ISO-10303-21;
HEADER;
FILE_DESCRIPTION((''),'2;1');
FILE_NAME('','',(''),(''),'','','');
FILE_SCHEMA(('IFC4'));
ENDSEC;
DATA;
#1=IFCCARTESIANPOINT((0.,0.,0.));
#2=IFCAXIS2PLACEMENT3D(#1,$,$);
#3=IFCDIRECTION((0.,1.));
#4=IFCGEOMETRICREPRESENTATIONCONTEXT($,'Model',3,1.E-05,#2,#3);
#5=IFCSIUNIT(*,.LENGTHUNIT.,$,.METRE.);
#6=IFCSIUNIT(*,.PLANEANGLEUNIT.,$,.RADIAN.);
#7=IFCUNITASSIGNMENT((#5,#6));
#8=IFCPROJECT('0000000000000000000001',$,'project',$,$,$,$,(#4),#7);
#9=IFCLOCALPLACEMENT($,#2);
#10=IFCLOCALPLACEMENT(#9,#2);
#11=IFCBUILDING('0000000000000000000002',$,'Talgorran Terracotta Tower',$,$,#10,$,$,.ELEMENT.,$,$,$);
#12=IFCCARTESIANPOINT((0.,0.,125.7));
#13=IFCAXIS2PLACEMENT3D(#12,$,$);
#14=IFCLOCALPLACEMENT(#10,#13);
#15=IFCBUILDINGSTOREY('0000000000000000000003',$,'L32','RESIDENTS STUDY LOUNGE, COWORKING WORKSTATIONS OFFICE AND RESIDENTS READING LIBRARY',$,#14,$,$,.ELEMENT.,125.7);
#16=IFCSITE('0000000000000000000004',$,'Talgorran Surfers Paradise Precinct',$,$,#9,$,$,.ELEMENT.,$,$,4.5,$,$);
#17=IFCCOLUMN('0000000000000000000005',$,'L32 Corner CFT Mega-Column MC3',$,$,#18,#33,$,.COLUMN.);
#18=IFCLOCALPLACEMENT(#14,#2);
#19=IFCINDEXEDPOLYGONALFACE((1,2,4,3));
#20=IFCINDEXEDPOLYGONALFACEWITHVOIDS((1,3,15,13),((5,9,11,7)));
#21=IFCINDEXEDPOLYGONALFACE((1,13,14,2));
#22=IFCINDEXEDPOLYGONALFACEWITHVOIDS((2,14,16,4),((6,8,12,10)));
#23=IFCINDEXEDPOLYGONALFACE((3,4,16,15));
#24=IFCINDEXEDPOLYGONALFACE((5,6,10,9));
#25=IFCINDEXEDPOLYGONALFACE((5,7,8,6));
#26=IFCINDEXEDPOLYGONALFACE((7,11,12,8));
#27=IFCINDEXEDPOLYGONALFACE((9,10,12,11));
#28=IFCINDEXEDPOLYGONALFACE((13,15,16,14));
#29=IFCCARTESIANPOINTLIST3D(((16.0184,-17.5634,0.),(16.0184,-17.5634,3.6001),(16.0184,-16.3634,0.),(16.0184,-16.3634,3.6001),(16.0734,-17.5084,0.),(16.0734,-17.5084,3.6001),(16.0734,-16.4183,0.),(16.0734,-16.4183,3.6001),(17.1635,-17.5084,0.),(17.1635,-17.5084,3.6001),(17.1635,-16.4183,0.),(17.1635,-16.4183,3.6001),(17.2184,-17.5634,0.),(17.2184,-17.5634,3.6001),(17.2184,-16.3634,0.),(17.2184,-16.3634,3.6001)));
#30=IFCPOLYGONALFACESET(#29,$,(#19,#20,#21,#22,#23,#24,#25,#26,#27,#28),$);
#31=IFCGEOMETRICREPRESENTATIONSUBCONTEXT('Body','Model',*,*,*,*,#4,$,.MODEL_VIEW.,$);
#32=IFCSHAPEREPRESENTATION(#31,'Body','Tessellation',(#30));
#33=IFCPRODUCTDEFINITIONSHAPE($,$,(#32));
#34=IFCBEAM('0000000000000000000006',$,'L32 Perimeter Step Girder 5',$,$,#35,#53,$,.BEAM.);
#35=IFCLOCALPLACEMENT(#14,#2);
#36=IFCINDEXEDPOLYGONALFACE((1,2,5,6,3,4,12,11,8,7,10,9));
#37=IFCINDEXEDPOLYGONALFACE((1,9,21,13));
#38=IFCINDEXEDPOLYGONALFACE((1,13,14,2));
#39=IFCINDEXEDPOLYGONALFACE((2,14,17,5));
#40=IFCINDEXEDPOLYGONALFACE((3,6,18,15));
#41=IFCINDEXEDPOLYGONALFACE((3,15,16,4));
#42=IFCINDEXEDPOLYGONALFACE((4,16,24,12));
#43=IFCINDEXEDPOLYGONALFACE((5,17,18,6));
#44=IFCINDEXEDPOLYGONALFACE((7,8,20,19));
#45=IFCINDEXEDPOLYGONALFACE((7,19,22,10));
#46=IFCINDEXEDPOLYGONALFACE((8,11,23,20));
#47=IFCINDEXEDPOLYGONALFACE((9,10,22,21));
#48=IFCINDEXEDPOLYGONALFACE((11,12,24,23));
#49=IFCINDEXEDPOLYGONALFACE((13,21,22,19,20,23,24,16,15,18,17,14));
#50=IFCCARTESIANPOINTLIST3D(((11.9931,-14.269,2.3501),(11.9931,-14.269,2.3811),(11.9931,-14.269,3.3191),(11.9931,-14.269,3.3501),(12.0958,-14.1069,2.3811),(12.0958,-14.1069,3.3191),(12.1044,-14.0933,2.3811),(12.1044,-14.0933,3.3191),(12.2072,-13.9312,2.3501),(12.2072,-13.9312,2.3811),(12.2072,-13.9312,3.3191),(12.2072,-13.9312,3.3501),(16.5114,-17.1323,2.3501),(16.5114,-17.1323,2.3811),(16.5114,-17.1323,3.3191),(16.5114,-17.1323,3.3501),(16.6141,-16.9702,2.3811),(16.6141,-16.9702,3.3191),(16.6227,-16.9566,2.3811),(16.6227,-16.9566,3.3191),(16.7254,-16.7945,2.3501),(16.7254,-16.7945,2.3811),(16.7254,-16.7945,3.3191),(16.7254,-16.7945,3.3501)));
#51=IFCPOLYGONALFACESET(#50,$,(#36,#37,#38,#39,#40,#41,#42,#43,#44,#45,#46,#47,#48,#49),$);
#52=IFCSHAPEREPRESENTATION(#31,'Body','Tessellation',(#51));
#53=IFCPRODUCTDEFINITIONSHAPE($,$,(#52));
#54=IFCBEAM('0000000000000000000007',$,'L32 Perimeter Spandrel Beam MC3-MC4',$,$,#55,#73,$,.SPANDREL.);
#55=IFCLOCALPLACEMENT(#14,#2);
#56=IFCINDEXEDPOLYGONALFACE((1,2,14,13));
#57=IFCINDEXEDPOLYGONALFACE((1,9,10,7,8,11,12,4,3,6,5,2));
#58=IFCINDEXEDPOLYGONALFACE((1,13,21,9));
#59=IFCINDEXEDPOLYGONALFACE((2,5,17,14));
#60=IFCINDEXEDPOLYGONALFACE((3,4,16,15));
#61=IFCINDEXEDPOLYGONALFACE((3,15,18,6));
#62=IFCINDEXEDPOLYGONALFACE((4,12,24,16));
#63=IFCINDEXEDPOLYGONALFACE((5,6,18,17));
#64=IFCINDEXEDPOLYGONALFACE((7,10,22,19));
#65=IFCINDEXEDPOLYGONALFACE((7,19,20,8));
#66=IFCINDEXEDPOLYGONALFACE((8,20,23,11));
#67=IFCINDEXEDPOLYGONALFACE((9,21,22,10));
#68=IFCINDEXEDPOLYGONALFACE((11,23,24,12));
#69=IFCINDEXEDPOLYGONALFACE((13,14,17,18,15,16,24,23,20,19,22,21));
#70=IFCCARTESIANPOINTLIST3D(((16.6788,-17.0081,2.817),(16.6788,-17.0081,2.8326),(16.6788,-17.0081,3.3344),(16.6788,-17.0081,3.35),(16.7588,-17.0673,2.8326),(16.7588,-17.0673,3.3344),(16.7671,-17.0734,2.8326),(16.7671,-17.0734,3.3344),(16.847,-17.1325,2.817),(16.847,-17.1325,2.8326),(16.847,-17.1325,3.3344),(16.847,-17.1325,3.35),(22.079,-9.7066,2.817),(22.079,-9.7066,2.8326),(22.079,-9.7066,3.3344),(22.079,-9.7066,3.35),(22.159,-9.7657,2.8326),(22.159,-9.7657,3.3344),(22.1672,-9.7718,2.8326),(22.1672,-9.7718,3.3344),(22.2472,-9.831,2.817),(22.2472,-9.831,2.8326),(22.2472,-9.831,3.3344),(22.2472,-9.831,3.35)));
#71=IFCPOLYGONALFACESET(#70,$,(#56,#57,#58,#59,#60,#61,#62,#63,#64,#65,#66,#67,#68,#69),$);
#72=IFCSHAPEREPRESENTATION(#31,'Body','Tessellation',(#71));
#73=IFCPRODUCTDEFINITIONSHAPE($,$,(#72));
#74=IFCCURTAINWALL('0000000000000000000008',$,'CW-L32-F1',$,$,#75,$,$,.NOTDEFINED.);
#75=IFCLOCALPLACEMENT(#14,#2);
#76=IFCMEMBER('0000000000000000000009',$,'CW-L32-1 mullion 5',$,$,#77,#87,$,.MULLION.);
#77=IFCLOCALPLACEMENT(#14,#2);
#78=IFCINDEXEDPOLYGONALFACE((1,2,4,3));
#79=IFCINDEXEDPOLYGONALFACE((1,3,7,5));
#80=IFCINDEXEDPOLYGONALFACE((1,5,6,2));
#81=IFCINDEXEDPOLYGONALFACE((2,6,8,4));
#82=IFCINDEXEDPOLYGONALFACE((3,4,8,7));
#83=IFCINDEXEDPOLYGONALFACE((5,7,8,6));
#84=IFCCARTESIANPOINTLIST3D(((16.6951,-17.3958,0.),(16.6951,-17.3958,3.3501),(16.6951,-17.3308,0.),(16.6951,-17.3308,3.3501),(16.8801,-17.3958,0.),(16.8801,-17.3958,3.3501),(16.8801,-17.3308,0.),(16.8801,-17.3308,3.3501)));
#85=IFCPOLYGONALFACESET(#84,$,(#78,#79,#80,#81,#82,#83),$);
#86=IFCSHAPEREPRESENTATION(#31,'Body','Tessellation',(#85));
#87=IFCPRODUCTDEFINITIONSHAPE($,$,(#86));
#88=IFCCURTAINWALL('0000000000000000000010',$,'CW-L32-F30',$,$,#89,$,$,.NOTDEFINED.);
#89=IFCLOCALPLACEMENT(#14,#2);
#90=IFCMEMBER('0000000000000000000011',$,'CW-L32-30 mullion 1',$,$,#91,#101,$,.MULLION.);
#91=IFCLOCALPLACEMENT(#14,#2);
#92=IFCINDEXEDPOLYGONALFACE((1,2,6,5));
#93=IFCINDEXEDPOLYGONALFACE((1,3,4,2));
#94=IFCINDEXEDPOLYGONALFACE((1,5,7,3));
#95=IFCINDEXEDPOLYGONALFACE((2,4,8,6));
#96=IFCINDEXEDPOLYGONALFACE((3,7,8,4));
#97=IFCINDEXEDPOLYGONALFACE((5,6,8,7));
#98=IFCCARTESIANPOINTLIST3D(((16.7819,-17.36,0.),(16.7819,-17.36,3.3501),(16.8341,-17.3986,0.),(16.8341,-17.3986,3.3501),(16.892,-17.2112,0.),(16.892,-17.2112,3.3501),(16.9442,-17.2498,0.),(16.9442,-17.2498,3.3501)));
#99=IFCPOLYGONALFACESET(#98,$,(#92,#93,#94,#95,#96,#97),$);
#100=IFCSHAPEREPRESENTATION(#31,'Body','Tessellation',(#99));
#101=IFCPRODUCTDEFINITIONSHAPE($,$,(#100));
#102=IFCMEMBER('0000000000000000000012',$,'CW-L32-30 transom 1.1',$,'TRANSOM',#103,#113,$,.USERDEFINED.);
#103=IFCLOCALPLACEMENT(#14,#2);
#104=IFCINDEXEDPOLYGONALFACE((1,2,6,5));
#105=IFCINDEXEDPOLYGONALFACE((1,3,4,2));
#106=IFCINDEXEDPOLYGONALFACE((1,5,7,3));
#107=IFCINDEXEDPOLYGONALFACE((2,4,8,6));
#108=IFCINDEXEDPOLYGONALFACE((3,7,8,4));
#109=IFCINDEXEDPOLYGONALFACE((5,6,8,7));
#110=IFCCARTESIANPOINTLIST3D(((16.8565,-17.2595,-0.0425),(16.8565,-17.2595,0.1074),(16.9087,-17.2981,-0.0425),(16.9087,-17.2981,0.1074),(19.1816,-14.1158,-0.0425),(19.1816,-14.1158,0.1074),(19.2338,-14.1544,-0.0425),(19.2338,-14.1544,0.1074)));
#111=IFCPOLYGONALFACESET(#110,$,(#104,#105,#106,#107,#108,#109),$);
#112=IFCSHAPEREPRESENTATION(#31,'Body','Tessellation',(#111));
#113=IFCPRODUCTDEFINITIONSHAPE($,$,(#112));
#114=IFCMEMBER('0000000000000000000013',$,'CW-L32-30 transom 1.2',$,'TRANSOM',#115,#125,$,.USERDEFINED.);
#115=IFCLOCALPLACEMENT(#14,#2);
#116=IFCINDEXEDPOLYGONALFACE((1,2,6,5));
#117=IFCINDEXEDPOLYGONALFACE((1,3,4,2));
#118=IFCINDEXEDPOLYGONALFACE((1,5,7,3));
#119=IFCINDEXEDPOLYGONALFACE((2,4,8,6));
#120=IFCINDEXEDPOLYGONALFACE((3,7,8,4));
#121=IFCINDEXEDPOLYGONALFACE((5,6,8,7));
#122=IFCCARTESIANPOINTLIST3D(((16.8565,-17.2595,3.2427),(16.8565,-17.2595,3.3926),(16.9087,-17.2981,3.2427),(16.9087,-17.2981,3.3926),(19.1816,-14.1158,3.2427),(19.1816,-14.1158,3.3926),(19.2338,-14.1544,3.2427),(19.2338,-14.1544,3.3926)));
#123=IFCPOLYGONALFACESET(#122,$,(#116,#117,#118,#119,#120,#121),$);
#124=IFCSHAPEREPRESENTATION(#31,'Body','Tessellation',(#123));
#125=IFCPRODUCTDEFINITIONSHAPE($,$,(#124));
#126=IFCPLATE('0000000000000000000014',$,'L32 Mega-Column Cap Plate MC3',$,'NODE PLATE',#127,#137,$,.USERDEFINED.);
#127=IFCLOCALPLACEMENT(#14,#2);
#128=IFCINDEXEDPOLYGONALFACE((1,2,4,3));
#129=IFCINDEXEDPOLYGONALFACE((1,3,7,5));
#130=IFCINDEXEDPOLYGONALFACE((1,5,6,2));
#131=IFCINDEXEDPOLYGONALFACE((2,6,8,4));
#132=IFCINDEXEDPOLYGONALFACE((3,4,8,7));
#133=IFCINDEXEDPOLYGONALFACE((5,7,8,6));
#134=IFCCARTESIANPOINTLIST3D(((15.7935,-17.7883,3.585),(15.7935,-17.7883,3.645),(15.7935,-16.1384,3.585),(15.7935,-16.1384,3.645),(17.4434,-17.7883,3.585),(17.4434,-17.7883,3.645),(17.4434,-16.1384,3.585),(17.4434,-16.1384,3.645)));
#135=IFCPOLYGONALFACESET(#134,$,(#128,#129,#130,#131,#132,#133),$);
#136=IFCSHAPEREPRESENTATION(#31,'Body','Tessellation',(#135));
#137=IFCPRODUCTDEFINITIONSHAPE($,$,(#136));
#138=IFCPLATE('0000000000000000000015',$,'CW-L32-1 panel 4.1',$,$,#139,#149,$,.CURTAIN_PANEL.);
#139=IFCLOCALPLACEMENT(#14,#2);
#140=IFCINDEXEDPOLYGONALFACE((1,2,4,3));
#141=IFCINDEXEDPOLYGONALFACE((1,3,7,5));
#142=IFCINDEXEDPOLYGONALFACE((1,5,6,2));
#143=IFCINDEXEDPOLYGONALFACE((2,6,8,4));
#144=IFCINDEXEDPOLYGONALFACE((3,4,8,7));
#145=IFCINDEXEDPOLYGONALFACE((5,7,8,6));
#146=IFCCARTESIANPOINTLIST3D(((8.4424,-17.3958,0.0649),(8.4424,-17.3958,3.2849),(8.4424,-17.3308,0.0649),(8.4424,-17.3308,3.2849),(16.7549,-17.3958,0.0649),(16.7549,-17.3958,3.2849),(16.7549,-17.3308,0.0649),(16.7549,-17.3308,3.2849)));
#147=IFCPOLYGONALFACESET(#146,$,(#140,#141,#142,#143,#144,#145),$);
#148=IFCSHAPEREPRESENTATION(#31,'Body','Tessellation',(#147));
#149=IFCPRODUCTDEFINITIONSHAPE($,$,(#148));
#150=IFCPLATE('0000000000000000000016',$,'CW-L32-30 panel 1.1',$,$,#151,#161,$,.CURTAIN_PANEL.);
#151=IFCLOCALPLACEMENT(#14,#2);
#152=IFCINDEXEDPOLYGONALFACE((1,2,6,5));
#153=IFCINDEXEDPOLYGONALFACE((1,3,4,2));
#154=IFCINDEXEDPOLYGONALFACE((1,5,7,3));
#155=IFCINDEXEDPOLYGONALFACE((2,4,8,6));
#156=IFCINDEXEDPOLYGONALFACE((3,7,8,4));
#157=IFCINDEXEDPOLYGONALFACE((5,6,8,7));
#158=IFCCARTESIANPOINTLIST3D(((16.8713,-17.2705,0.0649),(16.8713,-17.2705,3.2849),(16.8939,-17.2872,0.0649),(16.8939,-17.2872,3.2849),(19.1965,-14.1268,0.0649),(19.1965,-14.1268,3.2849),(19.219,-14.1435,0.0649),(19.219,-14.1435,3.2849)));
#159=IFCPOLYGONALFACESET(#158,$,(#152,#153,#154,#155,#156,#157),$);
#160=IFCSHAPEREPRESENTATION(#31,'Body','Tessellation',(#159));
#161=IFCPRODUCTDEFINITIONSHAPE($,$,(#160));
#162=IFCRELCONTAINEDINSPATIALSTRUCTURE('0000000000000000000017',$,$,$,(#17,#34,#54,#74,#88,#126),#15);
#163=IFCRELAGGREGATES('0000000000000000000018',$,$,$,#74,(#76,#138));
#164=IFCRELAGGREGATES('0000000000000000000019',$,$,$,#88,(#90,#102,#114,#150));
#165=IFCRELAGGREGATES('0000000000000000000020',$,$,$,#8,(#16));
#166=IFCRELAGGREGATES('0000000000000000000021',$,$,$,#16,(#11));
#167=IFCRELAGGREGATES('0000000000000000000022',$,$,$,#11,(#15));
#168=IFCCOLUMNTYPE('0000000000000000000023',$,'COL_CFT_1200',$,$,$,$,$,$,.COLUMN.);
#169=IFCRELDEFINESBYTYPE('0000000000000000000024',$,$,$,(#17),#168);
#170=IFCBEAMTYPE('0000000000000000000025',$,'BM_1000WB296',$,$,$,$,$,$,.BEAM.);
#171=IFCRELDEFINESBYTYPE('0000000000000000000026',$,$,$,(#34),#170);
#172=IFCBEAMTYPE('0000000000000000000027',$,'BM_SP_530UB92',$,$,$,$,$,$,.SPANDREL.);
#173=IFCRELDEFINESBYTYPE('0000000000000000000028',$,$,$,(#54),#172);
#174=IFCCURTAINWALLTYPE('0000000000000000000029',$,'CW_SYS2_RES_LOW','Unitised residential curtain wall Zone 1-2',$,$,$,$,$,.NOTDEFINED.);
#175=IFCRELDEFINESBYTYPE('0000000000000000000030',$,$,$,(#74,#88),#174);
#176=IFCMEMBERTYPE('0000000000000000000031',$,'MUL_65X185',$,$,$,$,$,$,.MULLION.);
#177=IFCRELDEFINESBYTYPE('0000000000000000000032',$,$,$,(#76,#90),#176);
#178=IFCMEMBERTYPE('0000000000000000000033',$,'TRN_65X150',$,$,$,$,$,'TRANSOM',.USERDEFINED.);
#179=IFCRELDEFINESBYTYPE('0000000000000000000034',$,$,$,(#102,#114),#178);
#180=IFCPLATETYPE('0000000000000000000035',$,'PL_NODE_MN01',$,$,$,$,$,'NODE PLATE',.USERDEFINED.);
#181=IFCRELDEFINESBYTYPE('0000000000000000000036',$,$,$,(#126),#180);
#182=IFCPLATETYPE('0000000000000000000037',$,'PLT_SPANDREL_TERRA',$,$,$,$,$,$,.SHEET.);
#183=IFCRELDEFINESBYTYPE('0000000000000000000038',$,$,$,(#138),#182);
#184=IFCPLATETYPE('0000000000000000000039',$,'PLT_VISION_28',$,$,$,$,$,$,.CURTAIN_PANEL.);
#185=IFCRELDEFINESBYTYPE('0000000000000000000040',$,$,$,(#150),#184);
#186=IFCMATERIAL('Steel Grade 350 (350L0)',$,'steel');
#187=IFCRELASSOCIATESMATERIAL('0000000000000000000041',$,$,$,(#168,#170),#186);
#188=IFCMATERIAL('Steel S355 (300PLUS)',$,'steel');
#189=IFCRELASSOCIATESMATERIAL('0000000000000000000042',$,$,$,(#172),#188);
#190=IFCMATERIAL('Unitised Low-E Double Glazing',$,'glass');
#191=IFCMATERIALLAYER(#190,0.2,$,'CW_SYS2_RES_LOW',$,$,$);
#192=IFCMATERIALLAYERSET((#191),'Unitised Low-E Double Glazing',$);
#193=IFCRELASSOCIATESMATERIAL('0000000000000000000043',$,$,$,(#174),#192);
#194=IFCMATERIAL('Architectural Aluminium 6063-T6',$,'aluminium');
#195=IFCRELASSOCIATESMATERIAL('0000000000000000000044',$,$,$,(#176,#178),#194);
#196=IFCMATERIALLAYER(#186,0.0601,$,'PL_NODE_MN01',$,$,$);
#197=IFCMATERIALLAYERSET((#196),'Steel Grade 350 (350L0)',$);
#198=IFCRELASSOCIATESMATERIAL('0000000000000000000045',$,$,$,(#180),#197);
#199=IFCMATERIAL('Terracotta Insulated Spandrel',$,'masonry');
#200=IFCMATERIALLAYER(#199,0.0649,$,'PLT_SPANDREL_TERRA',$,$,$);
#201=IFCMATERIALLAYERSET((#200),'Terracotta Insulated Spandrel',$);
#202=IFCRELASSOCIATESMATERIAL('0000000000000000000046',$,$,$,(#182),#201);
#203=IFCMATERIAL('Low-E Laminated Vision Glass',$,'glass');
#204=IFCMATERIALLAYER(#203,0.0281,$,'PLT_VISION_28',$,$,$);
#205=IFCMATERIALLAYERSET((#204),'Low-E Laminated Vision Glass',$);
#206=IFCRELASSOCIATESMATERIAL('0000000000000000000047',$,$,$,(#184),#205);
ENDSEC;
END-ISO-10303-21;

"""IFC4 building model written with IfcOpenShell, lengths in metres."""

from ifc_helpers import new_model, si_unit, direction, frame, origin, origin_2d, place, context, subcontext, project, spatial, rectangle, hollow_rectangle, i_section, extrude, source, transform, mapped, material, layer, layer_set, material_profile, profile_set, type_object, type_shapes, element, aggregate, save


model = new_model("IFC4")

# Units and contexts
model_context = context("Model", 3, precision=1e-05, world=origin(), true_north=direction((0.0, 1.0)))
body_context = subcontext(model_context, "Body", "Model", "MODEL_VIEW")
ifc_project = project(units=[si_unit("LENGTHUNIT", "METRE"), si_unit("PLANEANGLEUNIT", "RADIAN")], contexts=[model_context])

# Site, building, storey
site_placement = place(None, origin())
site = spatial("IfcSite", under=ifc_project, at=site_placement, Name="Talgorran Surfers Paradise Precinct", CompositionType="ELEMENT", RefElevation=4.5)
building_placement = place(site_placement, origin())
building = spatial("IfcBuilding", under=site, at=building_placement, Name="Talgorran Terracotta Tower", CompositionType="ELEMENT")
storey_placement = place(building_placement, frame((0.0, 0.0, 125.7)))
storey = spatial("IfcBuildingStorey", under=building, at=storey_placement, Name="L32", Description="RESIDENTS STUDY LOUNGE, COWORKING WORKSTATIONS OFFICE AND RESIDENTS READING LIBRARY", CompositionType="ELEMENT", Elevation=125.7)

# Column
ifc_material_1 = material(Name="Steel Grade 350 (350L0)", Category="steel")
ifc_material_profile_1 = material_profile(ifc_material_1, hollow_rectangle(XDim=1.2, YDim=1.2, WallThickness=0.0549, at=origin_2d()), Name="CFT1200X1200X55")
ifc_profile_set_1 = profile_set([ifc_material_profile_1], Name="Steel Grade 350 (350L0)")
column_type = type_object("IfcColumnType", Name="COL_CFT_1200", PredefinedType="COLUMN", material=ifc_profile_set_1)
column_placement = place(storey_placement, frame((16.6184, -16.9634, 0.0), z_axis=(0.0, 0.0, 1.0), x_axis=(1.0, 0.0, 0.0)))
element("IfcColumn", 1, at=column_placement, inside=storey, type_object=column_type, Name="L32 Corner CFT Mega-Column MC3", PredefinedType="COLUMN", context=body_context, shape_type="SweptSolid", body=[
    extrude(hollow_rectangle(XDim=1.2, YDim=1.2, WallThickness=0.0549, at=origin_2d()), origin(), (0.0, 0.0, 1.0), 3.6001),
])

# Beams
ifc_material_profile_2 = material_profile(ifc_material_1, i_section(OverallWidth=0.3999, OverallDepth=1.0, WebThickness=0.0161, FlangeThickness=0.031, at=origin_2d()), Name="1000WB296")
ifc_profile_set_2 = profile_set([ifc_material_profile_2], Name="Steel Grade 350 (350L0)")
beam_type_1 = type_object("IfcBeamType", Name="BM_1000WB296", PredefinedType="BEAM", material=ifc_profile_set_2)
beam_1_placement = place(storey_placement, frame((16.6184, -16.9634, 2.8501), z_axis=(-0.844677, 0.535277, 0.0), x_axis=(-0.535277, -0.844677, 0.0)))
element("IfcBeam", 2, at=beam_1_placement, inside=storey, type_object=beam_type_1, Name="L32 Perimeter Step Girder 5", PredefinedType="BEAM", context=body_context, shape_type="SweptSolid", body=[
    extrude(i_section(OverallWidth=0.3999, OverallDepth=1.0, WebThickness=0.0161, FlangeThickness=0.031, at=origin_2d()), origin(), (0.0, 0.0, 1.0), 5.3491),
])
ifc_material_2 = material(Name="Steel S355 (300PLUS)", Category="steel")
ifc_material_profile_3 = material_profile(ifc_material_2, i_section(OverallWidth=0.2092, OverallDepth=0.533, WebThickness=0.0103, FlangeThickness=0.0156, at=origin_2d()), Name="530UB92.4")
ifc_profile_set_3 = profile_set([ifc_material_profile_3], Name="Steel S355 (300PLUS)")
beam_type_2 = type_object("IfcBeamType", Name="BM_SP_530UB92", PredefinedType="SPANDREL", material=ifc_profile_set_3)
beam_2_placement = place(storey_placement, frame((16.7629, -17.0703, 3.0835), z_axis=(0.594631, 0.803998, 0.0), x_axis=(-0.803998, 0.594631, 0.0)))
element("IfcBeam", 3, at=beam_2_placement, inside=storey, type_object=beam_type_2, Name="L32 Perimeter Spandrel Beam MC3-MC4", PredefinedType="SPANDREL", context=body_context, shape_type="SweptSolid", body=[
    extrude(i_section(OverallWidth=0.2092, OverallDepth=0.533, WebThickness=0.0103, FlangeThickness=0.0156, at=origin_2d()), origin(), (0.0, 0.0, 1.0), 9.0815),
])

# Curtain wall, member
ifc_material_3 = material(Name="Unitised Low-E Double Glazing", Category="glass")
ifc_layer_1 = layer(ifc_material_3, 0.2, Name="CW_SYS2_RES_LOW")
ifc_layer_set_1 = layer_set([ifc_layer_1], Name="Unitised Low-E Double Glazing")
curtain_wall_type = type_object("IfcCurtainWallType", Name="CW_SYS2_RES_LOW", Description="Unitised residential curtain wall Zone 1-2", PredefinedType="NOTDEFINED", material=ifc_layer_set_1)
curtain_wall_1_placement = place(storey_placement, origin())
curtain_wall_1 = element("IfcCurtainWall", 4, at=curtain_wall_1_placement, inside=storey, type_object=curtain_wall_type, Name="CW-L32-F1", PredefinedType="NOTDEFINED")
ifc_material_4 = material(Name="Architectural Aluminium 6063-T6", Category="aluminium")
ifc_material_profile_4 = material_profile(ifc_material_4, rectangle(XDim=0.0649, YDim=0.1851, at=origin_2d()), Name="CWM65X185")
ifc_profile_set_4 = profile_set([ifc_material_profile_4], Name="Architectural Aluminium 6063-T6")
member_type_1 = type_object("IfcMemberType", Name="MUL_65X185", PredefinedType="MULLION", material=ifc_profile_set_4)
member_1_placement = place(storey_placement, frame((16.7876, -17.3633, 0.0), z_axis=(0.0, 0.0, 1.0), x_axis=(0.0, 1.0, 0.0)))
member_1 = element("IfcMember", 5, at=member_1_placement, type_object=member_type_1, Name="CW-L32-1 mullion 5", PredefinedType="MULLION", context=body_context, shape_type="SweptSolid", body=[
    extrude(rectangle(XDim=0.0649, YDim=0.1851, at=origin_2d()), origin(), (0.0, 0.0, 1.0), 3.3501),
])

# Curtain wall, members
curtain_wall_2_placement = place(storey_placement, origin())
curtain_wall_2 = element("IfcCurtainWall", 6, at=curtain_wall_2_placement, inside=storey, type_object=curtain_wall_type, Name="CW-L32-F30", PredefinedType="NOTDEFINED")
member_2_placement = place(storey_placement, frame((16.863, -17.3049, 0.0), z_axis=(0.0, 0.0, 1.0), x_axis=(-0.803989, 0.594644, 0.0)))
member_2 = element("IfcMember", 7, at=member_2_placement, type_object=member_type_1, Name="CW-L32-30 mullion 1", PredefinedType="MULLION", context=body_context, shape_type="SweptSolid", body=[
    extrude(rectangle(XDim=0.0649, YDim=0.1851, at=origin_2d()), origin(), (0.0, 0.0, 1.0), 3.3501),
])
ifc_material_profile_5 = material_profile(ifc_material_4, rectangle(XDim=0.0649, YDim=0.1499, at=origin_2d()), Name="CWT65X150")
ifc_profile_set_5 = profile_set([ifc_material_profile_5], Name="Architectural Aluminium 6063-T6")
member_type_2 = type_object("IfcMemberType", Name="TRN_65X150", ElementType="TRANSOM", PredefinedType="USERDEFINED", material=ifc_profile_set_5)
member_3_placement = place(storey_placement, frame((16.8826, -17.2788, 0.0325), z_axis=(0.594642, 0.803991, 0.0), x_axis=(-0.803991, 0.594642, 0.0)))
member_3 = element("IfcMember", 8, at=member_3_placement, type_object=member_type_2, Name="CW-L32-30 transom 1.1", ObjectType="TRANSOM", PredefinedType="USERDEFINED", context=body_context, shape_type="SweptSolid", body=[
    extrude(rectangle(XDim=0.0649, YDim=0.1499, at=origin_2d()), origin(), (0.0, 0.0, 1.0), 3.9102),
])
member_4_placement = place(storey_placement, frame((16.8826, -17.2788, 3.3176), z_axis=(0.594642, 0.803991, 0.0), x_axis=(-0.803991, 0.594642, 0.0)))
member_4 = element("IfcMember", 9, at=member_4_placement, type_object=member_type_2, Name="CW-L32-30 transom 1.2", ObjectType="TRANSOM", PredefinedType="USERDEFINED", context=body_context, shape_type="SweptSolid", body=[
    extrude(rectangle(XDim=0.0649, YDim=0.1499, at=origin_2d()), origin(), (0.0, 0.0, 1.0), 3.9102),
])

# Plates
ifc_layer_2 = layer(ifc_material_1, 0.0601, Name="PL_NODE_MN01")
ifc_layer_set_2 = layer_set([ifc_layer_2], Name="Steel Grade 350 (350L0)")
plate_type_1 = type_object("IfcPlateType", Name="PL_NODE_MN01", ElementType="NODE PLATE", PredefinedType="USERDEFINED", material=ifc_layer_set_2)
plate_1_placement = place(storey_placement, frame((16.6184, -16.9634, 3.585), z_axis=(0.0, 0.0, 1.0), x_axis=(1.0, 0.0, 0.0)))
element("IfcPlate", 10, at=plate_1_placement, inside=storey, type_object=plate_type_1, Name="L32 Mega-Column Cap Plate MC3", ObjectType="NODE PLATE", PredefinedType="USERDEFINED", context=body_context, shape_type="SweptSolid", body=[
    extrude(rectangle(XDim=1.6499, YDim=1.6499, at=origin_2d()), origin(), (0.0, 0.0, 1.0), 0.0601),
])
ifc_material_5 = material(Name="Terracotta Insulated Spandrel", Category="masonry")
ifc_layer_3 = layer(ifc_material_5, 0.0649, Name="PLT_SPANDREL_TERRA")
ifc_layer_set_3 = layer_set([ifc_layer_3], Name="Terracotta Insulated Spandrel")
plate_type_2 = type_object("IfcPlateType", Name="PLT_SPANDREL_TERRA", PredefinedType="SHEET", material=ifc_layer_set_3)
shared_shape_1 = source(origin(), body_context, "Body", "SweptSolid", [
    extrude(rectangle(XDim=8.3125, YDim=0.0649, at=origin_2d()), origin(), (0.0, 0.0, 1.0), 3.22),
])
type_shapes(plate_type_2, [shared_shape_1])
plate_2_placement = place(storey_placement, frame((12.5986, -17.3633, 0.0649), z_axis=(0.0, 0.0, 1.0), x_axis=(1.0, 0.0, 0.0)))
plate_2 = element("IfcPlate", 11, at=plate_2_placement, type_object=plate_type_2, Name="CW-L32-1 panel 4.1", PredefinedType="CURTAIN_PANEL", context=body_context, shape_type="MappedRepresentation", body=[
    mapped(shared_shape_1, transform((0.0, 0.0, 0.0), scale=1.0)),
])
aggregate(curtain_wall_1, [member_1, plate_2])
ifc_material_6 = material(Name="Low-E Laminated Vision Glass", Category="glass")
ifc_layer_4 = layer(ifc_material_6, 0.0281, Name="PLT_VISION_28")
ifc_layer_set_4 = layer_set([ifc_layer_4], Name="Low-E Laminated Vision Glass")
plate_type_3 = type_object("IfcPlateType", Name="PLT_VISION_28", PredefinedType="CURTAIN_PANEL", material=ifc_layer_set_4)
shared_shape_2 = source(origin(), body_context, "Body", "SweptSolid", [
    extrude(rectangle(XDim=3.9102, YDim=0.0281, at=origin_2d()), origin(), (0.0, 0.0, 1.0), 3.22),
])
type_shapes(plate_type_3, [shared_shape_2])
plate_3_placement = place(storey_placement, frame((18.0452, -15.707, 0.0649), z_axis=(0.0, 0.0, 1.0), x_axis=(0.594644, 0.803989, 0.0)))
plate_3 = element("IfcPlate", 12, at=plate_3_placement, type_object=plate_type_3, Name="CW-L32-30 panel 1.1", PredefinedType="CURTAIN_PANEL", context=body_context, shape_type="MappedRepresentation", body=[
    mapped(shared_shape_2, transform((0.0, 0.0, 0.0), scale=1.0)),
])
aggregate(curtain_wall_2, [member_2, member_3, member_4, plate_3])

save(model, "model.ifc")
